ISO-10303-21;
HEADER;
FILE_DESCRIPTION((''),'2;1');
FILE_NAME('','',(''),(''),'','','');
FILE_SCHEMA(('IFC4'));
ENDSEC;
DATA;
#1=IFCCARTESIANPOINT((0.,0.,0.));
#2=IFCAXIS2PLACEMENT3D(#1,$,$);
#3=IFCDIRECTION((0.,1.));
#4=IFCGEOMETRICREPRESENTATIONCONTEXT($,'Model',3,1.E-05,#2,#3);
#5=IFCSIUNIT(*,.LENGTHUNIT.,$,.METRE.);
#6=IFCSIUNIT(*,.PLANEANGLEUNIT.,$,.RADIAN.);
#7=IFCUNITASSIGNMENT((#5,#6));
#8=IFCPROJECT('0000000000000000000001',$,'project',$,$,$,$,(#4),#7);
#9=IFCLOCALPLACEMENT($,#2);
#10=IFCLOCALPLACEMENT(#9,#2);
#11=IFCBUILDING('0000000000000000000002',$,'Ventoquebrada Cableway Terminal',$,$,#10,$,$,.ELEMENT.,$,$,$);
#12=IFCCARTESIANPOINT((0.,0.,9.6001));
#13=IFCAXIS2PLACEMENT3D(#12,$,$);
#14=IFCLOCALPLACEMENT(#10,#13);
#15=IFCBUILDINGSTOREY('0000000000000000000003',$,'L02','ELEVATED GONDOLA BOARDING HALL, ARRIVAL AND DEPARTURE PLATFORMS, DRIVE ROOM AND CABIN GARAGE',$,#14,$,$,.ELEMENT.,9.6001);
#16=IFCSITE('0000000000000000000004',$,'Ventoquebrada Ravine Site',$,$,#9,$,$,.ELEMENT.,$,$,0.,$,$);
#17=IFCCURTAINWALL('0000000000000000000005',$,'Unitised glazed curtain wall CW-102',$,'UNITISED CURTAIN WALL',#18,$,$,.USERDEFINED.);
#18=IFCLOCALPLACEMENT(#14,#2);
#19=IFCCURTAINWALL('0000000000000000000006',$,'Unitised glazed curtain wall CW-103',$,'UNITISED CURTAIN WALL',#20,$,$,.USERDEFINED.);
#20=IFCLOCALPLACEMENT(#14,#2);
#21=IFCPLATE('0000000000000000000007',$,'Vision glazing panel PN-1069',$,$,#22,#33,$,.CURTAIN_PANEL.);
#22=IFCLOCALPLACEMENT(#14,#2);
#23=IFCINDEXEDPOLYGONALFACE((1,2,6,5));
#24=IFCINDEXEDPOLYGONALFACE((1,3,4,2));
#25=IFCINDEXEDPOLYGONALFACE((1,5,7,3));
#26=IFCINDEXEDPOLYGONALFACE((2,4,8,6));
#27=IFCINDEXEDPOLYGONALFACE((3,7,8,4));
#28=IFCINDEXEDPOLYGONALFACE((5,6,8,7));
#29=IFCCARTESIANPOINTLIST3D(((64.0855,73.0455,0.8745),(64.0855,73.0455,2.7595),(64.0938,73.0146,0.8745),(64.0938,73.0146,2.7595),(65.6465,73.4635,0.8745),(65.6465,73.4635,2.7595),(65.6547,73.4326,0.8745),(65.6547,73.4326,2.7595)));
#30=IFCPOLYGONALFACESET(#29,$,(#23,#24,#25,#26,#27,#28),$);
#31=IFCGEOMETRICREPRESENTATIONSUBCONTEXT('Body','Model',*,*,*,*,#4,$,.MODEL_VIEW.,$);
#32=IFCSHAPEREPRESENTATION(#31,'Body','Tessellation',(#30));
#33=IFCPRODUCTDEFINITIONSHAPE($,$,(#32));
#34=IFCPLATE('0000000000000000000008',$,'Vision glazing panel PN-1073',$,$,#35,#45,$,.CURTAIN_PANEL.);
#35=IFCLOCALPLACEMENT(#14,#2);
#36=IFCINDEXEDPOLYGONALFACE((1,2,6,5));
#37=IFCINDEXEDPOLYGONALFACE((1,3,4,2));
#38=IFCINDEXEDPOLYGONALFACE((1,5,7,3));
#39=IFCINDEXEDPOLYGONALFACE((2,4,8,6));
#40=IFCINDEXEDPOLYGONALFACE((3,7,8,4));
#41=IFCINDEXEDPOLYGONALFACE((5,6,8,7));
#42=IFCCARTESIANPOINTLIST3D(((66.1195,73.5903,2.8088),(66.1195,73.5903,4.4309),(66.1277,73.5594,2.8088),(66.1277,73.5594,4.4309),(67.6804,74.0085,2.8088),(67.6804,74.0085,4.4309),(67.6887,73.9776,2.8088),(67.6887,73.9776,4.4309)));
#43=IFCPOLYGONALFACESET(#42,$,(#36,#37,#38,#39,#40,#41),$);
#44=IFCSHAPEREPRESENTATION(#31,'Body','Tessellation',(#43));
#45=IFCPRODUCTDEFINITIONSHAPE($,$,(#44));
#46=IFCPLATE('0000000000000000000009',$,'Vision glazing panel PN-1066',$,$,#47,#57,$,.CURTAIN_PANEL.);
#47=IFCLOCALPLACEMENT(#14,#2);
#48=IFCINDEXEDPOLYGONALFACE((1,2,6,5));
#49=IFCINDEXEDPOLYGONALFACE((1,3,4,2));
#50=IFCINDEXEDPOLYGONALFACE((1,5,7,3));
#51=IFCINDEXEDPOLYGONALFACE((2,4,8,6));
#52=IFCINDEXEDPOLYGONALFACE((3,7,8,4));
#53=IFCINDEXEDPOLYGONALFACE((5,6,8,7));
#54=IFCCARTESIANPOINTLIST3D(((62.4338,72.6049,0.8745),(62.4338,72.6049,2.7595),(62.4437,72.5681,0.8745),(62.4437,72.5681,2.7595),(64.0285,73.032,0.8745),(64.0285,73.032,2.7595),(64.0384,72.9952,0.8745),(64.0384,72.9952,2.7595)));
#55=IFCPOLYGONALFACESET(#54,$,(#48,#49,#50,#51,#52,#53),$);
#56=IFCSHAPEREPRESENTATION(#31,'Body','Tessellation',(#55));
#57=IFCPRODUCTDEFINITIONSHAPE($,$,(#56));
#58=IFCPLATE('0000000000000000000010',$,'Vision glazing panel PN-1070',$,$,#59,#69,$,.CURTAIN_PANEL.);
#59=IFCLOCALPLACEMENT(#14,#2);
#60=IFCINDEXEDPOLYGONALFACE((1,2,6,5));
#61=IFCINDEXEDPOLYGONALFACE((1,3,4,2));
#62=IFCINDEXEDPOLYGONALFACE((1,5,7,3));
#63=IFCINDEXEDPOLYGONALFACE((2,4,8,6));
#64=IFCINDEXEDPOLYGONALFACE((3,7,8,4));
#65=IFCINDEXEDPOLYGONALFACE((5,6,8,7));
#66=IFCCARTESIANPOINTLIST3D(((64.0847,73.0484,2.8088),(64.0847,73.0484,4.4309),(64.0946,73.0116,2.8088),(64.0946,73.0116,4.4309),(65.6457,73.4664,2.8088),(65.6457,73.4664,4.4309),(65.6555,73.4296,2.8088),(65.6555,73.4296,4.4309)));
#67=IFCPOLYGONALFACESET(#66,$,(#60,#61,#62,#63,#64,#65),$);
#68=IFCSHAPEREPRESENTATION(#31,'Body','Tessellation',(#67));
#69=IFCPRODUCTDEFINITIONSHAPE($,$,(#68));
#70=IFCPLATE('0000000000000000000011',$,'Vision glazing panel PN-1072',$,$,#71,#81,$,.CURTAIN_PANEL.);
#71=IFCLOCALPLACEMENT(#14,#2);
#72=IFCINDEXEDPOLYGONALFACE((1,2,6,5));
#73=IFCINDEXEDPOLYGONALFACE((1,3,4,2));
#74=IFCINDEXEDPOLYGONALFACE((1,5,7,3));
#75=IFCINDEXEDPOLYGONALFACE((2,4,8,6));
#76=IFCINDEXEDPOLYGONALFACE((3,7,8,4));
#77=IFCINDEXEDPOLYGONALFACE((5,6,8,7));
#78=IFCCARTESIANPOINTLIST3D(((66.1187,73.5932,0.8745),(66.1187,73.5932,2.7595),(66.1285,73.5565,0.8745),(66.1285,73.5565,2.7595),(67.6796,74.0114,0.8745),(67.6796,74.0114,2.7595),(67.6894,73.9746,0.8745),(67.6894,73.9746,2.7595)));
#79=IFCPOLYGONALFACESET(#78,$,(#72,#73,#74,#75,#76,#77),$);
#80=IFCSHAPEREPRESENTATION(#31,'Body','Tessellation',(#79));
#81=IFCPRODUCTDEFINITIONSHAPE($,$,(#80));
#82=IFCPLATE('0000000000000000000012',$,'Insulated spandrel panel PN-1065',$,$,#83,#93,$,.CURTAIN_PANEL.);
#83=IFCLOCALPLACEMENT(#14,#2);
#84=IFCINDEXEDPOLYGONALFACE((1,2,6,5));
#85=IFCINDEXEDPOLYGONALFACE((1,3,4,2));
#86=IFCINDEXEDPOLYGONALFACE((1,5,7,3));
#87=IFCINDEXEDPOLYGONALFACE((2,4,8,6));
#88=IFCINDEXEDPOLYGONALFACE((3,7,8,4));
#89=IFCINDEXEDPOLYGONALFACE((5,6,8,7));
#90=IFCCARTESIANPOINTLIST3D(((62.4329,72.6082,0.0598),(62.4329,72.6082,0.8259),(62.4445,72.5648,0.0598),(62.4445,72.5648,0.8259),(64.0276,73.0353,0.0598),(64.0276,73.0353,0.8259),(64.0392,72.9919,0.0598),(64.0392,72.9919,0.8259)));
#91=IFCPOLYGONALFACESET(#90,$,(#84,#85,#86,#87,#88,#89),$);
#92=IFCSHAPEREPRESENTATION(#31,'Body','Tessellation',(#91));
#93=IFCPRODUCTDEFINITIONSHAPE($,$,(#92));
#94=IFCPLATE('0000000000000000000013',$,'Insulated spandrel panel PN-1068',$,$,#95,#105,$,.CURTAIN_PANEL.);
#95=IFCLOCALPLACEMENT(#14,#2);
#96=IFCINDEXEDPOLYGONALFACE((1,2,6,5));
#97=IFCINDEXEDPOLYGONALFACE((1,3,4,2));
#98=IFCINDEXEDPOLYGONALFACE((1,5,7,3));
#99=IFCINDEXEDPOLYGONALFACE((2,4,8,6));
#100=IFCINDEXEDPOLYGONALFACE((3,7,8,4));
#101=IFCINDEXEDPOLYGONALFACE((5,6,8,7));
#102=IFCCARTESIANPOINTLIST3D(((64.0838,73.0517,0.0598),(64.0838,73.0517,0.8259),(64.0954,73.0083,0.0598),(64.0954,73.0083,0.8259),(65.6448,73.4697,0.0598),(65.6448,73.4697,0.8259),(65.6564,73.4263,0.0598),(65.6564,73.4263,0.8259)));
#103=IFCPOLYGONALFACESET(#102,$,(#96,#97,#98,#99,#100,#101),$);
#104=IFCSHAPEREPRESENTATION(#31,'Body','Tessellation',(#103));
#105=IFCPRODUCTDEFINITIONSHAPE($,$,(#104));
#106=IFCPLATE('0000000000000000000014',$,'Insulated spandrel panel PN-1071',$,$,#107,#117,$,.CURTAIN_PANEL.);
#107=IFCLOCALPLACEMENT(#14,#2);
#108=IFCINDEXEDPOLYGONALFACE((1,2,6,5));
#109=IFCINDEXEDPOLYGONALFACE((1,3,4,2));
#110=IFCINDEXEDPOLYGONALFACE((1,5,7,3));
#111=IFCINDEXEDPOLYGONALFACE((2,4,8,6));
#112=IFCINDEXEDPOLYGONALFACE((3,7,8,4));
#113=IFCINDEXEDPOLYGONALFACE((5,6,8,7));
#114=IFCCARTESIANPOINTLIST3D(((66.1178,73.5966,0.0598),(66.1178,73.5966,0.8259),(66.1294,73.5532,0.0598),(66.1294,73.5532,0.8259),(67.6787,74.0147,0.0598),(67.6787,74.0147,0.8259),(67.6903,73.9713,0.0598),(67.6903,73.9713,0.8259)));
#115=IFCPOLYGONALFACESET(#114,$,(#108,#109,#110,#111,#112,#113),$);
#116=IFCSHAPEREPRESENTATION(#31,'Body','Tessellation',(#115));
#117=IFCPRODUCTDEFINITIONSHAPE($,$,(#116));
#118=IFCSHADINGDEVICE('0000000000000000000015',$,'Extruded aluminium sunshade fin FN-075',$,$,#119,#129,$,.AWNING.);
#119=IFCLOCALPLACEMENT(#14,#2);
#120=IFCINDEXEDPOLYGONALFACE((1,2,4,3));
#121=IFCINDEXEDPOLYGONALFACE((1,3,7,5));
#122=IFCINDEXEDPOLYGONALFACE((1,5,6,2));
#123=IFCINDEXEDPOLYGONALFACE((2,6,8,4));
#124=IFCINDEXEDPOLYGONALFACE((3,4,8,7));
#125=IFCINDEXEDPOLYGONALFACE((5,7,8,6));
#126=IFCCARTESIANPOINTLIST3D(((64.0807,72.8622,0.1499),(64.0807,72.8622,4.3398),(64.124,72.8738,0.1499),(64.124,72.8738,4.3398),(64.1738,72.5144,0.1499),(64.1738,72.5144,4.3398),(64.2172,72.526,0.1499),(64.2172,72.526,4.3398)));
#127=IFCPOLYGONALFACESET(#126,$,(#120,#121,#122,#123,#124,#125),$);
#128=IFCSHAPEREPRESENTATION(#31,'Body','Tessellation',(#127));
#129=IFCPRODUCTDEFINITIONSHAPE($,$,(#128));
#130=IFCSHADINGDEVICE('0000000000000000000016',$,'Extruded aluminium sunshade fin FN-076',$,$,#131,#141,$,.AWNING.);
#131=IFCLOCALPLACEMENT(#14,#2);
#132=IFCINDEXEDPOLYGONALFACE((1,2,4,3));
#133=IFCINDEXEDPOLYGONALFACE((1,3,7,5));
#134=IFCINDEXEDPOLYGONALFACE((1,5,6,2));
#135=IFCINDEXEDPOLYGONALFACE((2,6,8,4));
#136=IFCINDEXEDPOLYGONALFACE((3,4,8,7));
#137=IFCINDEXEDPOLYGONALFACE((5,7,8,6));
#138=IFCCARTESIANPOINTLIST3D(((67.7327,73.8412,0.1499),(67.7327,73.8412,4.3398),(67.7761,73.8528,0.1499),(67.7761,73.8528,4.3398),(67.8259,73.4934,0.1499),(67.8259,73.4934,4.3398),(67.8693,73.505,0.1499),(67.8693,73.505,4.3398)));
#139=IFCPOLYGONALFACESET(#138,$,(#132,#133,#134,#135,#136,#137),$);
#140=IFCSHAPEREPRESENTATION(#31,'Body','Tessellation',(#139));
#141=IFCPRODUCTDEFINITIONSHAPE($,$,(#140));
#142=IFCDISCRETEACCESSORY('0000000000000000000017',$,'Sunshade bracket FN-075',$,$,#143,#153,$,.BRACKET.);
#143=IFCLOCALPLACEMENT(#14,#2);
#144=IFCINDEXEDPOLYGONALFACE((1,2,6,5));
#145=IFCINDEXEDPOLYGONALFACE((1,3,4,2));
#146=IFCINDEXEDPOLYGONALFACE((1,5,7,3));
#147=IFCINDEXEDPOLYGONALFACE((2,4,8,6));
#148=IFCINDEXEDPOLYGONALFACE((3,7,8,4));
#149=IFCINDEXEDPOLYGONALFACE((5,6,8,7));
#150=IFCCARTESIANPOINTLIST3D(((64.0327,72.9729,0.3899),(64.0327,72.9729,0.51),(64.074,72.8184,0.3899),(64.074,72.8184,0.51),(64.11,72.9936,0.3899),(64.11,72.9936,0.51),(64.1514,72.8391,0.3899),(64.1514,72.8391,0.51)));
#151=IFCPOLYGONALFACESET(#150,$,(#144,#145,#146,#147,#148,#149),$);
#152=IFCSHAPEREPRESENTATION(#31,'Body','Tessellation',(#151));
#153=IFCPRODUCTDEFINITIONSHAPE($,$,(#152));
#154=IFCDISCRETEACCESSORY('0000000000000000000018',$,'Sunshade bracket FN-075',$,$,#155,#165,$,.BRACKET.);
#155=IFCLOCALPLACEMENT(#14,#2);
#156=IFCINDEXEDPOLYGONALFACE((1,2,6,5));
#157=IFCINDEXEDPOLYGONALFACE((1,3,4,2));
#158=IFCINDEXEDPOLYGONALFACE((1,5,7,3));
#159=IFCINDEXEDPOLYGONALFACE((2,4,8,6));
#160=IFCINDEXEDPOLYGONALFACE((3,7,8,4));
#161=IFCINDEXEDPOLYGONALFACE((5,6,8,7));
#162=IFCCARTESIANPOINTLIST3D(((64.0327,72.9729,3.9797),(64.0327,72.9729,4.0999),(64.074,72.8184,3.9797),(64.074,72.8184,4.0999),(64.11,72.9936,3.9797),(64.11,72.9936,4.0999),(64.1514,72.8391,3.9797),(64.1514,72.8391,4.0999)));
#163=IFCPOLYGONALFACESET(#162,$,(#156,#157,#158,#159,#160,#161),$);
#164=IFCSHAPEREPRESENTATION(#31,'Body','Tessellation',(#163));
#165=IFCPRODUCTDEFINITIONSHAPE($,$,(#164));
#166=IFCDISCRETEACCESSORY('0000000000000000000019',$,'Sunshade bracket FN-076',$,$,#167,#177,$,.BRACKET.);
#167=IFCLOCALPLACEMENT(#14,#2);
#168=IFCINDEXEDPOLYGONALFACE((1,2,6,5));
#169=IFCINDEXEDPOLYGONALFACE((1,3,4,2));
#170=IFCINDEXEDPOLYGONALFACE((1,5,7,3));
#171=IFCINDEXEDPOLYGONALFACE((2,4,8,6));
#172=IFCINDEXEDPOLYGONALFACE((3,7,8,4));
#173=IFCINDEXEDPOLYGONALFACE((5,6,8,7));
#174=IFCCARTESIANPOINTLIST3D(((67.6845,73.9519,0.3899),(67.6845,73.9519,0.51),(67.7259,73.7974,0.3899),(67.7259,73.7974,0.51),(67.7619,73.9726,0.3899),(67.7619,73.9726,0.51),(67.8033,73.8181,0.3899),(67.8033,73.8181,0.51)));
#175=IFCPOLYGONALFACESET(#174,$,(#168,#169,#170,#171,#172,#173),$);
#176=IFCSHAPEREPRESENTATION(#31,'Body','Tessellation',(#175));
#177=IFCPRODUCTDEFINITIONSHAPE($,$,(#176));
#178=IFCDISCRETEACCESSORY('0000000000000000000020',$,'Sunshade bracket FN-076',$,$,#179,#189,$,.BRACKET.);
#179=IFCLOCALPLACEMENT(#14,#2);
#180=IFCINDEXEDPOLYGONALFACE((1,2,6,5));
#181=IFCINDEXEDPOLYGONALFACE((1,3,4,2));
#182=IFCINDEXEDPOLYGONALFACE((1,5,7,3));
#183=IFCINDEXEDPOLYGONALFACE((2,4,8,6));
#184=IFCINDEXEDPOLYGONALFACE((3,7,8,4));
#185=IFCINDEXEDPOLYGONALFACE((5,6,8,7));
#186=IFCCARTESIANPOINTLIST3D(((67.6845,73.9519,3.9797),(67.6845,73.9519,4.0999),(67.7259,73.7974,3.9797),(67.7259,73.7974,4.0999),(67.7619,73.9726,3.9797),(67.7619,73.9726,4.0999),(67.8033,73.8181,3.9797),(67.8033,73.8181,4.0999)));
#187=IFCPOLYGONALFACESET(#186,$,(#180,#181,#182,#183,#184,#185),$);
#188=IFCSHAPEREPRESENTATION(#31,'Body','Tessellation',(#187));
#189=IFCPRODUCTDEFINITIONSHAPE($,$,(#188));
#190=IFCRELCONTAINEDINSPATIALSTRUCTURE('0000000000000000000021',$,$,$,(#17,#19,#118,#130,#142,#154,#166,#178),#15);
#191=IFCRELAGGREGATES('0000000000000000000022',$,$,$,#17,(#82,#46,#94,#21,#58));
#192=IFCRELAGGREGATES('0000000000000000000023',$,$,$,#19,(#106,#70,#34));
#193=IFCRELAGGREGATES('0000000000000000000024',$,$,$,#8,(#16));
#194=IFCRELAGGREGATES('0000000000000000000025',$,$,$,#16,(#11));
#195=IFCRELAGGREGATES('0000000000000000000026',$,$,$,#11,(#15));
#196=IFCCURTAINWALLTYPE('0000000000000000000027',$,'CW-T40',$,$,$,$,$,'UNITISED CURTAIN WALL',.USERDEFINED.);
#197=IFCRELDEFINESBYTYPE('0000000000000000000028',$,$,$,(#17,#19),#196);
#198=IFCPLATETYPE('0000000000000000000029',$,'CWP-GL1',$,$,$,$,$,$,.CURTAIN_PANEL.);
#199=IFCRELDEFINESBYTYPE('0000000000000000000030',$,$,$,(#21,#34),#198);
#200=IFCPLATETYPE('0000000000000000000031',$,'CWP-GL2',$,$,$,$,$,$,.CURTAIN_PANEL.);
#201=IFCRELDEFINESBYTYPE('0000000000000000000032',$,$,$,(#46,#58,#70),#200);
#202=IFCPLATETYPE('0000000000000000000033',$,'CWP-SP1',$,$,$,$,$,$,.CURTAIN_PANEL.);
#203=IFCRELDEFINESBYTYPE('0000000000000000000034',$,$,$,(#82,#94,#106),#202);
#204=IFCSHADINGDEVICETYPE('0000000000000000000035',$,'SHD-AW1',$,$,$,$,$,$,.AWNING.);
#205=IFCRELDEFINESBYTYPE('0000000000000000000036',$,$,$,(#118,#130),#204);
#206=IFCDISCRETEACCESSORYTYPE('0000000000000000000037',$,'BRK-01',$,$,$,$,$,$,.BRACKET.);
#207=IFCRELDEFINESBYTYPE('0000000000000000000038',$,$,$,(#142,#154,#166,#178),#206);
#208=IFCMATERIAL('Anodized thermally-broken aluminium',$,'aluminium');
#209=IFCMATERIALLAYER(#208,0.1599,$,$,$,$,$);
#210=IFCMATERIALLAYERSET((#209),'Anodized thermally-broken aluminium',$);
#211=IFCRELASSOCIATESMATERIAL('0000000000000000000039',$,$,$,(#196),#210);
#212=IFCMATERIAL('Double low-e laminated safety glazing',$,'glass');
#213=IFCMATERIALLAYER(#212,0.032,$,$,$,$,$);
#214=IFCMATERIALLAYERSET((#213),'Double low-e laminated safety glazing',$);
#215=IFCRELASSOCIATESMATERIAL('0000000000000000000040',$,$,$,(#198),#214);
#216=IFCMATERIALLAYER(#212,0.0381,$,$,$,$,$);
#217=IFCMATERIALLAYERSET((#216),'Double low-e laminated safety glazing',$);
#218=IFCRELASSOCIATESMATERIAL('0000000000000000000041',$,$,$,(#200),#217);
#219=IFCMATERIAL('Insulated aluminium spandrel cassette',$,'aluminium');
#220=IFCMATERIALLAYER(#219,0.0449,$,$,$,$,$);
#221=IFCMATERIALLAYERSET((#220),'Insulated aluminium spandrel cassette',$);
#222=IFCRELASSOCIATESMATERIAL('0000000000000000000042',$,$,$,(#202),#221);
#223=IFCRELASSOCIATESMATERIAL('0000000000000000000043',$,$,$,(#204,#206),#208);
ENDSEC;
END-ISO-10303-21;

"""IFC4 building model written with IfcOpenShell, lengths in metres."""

from ifc_helpers import new_model, si_unit, direction, frame, origin, origin_2d, place, context, subcontext, project, spatial, rectangle, extrude, material, layer, layer_set, type_object, element, aggregate, save


model = new_model("IFC4")

# Units and contexts
model_context = context("Model", 3, precision=1e-05, world=origin(), true_north=direction((0.0, 1.0)))
body_context = subcontext(model_context, "Body", "Model", "MODEL_VIEW")
ifc_project = project(units=[si_unit("LENGTHUNIT", "METRE"), si_unit("PLANEANGLEUNIT", "RADIAN")], contexts=[model_context])

# Site, building, storey
site_placement = place(None, origin())
site = spatial("IfcSite", under=ifc_project, at=site_placement, Name="Ventoquebrada Ravine Site", CompositionType="ELEMENT", RefElevation=0.0)
building_placement = place(site_placement, origin())
building = spatial("IfcBuilding", under=site, at=building_placement, Name="Ventoquebrada Cableway Terminal", CompositionType="ELEMENT")
storey_placement = place(building_placement, frame((0.0, 0.0, 9.6001)))
storey = spatial("IfcBuildingStorey", under=building, at=storey_placement, Name="L02", Description="ELEVATED GONDOLA BOARDING HALL, ARRIVAL AND DEPARTURE PLATFORMS, DRIVE ROOM AND CABIN GARAGE", CompositionType="ELEMENT", Elevation=9.6001)

# Curtain walls
ifc_material_1 = material(Name="Anodized thermally-broken aluminium", Category="aluminium")
ifc_layer_1 = layer(ifc_material_1, 0.1599)
ifc_layer_set_1 = layer_set([ifc_layer_1], Name="Anodized thermally-broken aluminium")
curtain_wall_type = type_object("IfcCurtainWallType", Name="CW-T40", ElementType="UNITISED CURTAIN WALL", PredefinedType="USERDEFINED", material=ifc_layer_set_1)
curtain_wall_1_placement = place(storey_placement, origin())
curtain_wall_1 = element("IfcCurtainWall", 1, at=curtain_wall_1_placement, inside=storey, type_object=curtain_wall_type, Name="Unitised glazed curtain wall CW-102", ObjectType="UNITISED CURTAIN WALL", PredefinedType="USERDEFINED")
curtain_wall_2_placement = place(storey_placement, origin())
curtain_wall_2 = element("IfcCurtainWall", 2, at=curtain_wall_2_placement, inside=storey, type_object=curtain_wall_type, Name="Unitised glazed curtain wall CW-103", ObjectType="UNITISED CURTAIN WALL", PredefinedType="USERDEFINED")

# Plates
ifc_material_2 = material(Name="Double low-e laminated safety glazing", Category="glass")
ifc_layer_2 = layer(ifc_material_2, 0.032)
ifc_layer_set_2 = layer_set([ifc_layer_2], Name="Double low-e laminated safety glazing")
plate_type_1 = type_object("IfcPlateType", Name="CWP-GL1", PredefinedType="CURTAIN_PANEL", material=ifc_layer_set_2)
plate_1_placement = place(storey_placement, frame((64.8701, 73.239, 0.8745), z_axis=(0.0, 0.0, 1.0), x_axis=(0.965966, 0.258667, 0.0)))
plate_1 = element("IfcPlate", 3, at=plate_1_placement, type_object=plate_type_1, Name="Vision glazing panel PN-1069", PredefinedType="CURTAIN_PANEL", context=body_context, shape_type="SweptSolid", body=[
    extrude(rectangle(XDim=1.616, YDim=0.032, at=origin_2d()), origin(), (0.0, 0.0, 1.0), 1.885),
])
plate_2_placement = place(storey_placement, frame((66.9041, 73.7839, 2.8088), z_axis=(0.0, 0.0, 1.0), x_axis=(0.965939, 0.258768, 0.0)))
plate_2 = element("IfcPlate", 4, at=plate_2_placement, type_object=plate_type_1, Name="Vision glazing panel PN-1073", PredefinedType="CURTAIN_PANEL", context=body_context, shape_type="SweptSolid", body=[
    extrude(rectangle(XDim=1.616, YDim=0.032, at=origin_2d()), origin(), (0.0, 0.0, 1.0), 1.6221),
])
ifc_layer_3 = layer(ifc_material_2, 0.0381)
ifc_layer_set_3 = layer_set([ifc_layer_3], Name="Double low-e laminated safety glazing")
plate_type_2 = type_object("IfcPlateType", Name="CWP-GL2", PredefinedType="CURTAIN_PANEL", material=ifc_layer_set_3)
plate_3_placement = place(storey_placement, frame((63.2361, 72.8, 0.8745), z_axis=(0.0, 0.0, 1.0), x_axis=(0.965966, 0.258667, 0.0)))
plate_3 = element("IfcPlate", 5, at=plate_3_placement, type_object=plate_type_2, Name="Vision glazing panel PN-1066", PredefinedType="CURTAIN_PANEL", context=body_context, shape_type="SweptSolid", body=[
    extrude(rectangle(XDim=1.6509, YDim=0.0381, at=origin_2d()), origin(), (0.0, 0.0, 1.0), 1.885),
])
plate_4_placement = place(storey_placement, frame((64.8701, 73.239, 2.8088), z_axis=(0.0, 0.0, 1.0), x_axis=(0.965966, 0.258667, 0.0)))
plate_4 = element("IfcPlate", 6, at=plate_4_placement, type_object=plate_type_2, Name="Vision glazing panel PN-1070", PredefinedType="CURTAIN_PANEL", context=body_context, shape_type="SweptSolid", body=[
    extrude(rectangle(XDim=1.616, YDim=0.0381, at=origin_2d()), origin(), (0.0, 0.0, 1.0), 1.6221),
])
plate_5_placement = place(storey_placement, frame((66.9041, 73.7839, 0.8745), z_axis=(0.0, 0.0, 1.0), x_axis=(0.965939, 0.258768, 0.0)))
plate_5 = element("IfcPlate", 7, at=plate_5_placement, type_object=plate_type_2, Name="Vision glazing panel PN-1072", PredefinedType="CURTAIN_PANEL", context=body_context, shape_type="SweptSolid", body=[
    extrude(rectangle(XDim=1.616, YDim=0.0381, at=origin_2d()), origin(), (0.0, 0.0, 1.0), 1.885),
])
ifc_material_3 = material(Name="Insulated aluminium spandrel cassette", Category="aluminium")
ifc_layer_4 = layer(ifc_material_3, 0.0449)
ifc_layer_set_4 = layer_set([ifc_layer_4], Name="Insulated aluminium spandrel cassette")
plate_type_3 = type_object("IfcPlateType", Name="CWP-SP1", PredefinedType="CURTAIN_PANEL", material=ifc_layer_set_4)
plate_6_placement = place(storey_placement, frame((63.2361, 72.8, 0.0598), z_axis=(0.0, 0.0, 1.0), x_axis=(0.965966, 0.258667, 0.0)))
plate_6 = element("IfcPlate", 8, at=plate_6_placement, type_object=plate_type_3, Name="Insulated spandrel panel PN-1065", PredefinedType="CURTAIN_PANEL", context=body_context, shape_type="SweptSolid", body=[
    extrude(rectangle(XDim=1.6509, YDim=0.0449, at=origin_2d()), origin(), (0.0, 0.0, 1.0), 0.7661),
])
plate_7_placement = place(storey_placement, frame((64.8701, 73.239, 0.0598), z_axis=(0.0, 0.0, 1.0), x_axis=(0.965966, 0.258667, 0.0)))
plate_7 = element("IfcPlate", 9, at=plate_7_placement, type_object=plate_type_3, Name="Insulated spandrel panel PN-1068", PredefinedType="CURTAIN_PANEL", context=body_context, shape_type="SweptSolid", body=[
    extrude(rectangle(XDim=1.616, YDim=0.0449, at=origin_2d()), origin(), (0.0, 0.0, 1.0), 0.7661),
])
aggregate(curtain_wall_1, [plate_6, plate_3, plate_7, plate_1, plate_4])
plate_8_placement = place(storey_placement, frame((66.9041, 73.7839, 0.0598), z_axis=(0.0, 0.0, 1.0), x_axis=(0.965939, 0.258768, 0.0)))
plate_8 = element("IfcPlate", 10, at=plate_8_placement, type_object=plate_type_3, Name="Insulated spandrel panel PN-1071", PredefinedType="CURTAIN_PANEL", context=body_context, shape_type="SweptSolid", body=[
    extrude(rectangle(XDim=1.616, YDim=0.0449, at=origin_2d()), origin(), (0.0, 0.0, 1.0), 0.7661),
])
aggregate(curtain_wall_2, [plate_8, plate_5, plate_2])

# Shading devices
shading_device_type = type_object("IfcShadingDeviceType", Name="SHD-AW1", PredefinedType="AWNING", material=ifc_material_1)
for number, where, z_axis, x_axis, name in (
    (11, (64.1489, 72.6941, 0.1499), (0.0, 0.0, 1.0), (0.965966, 0.258667, 0.0), "Extruded aluminium sunshade fin FN-075"),
    (12, (67.801, 73.6731, 0.1499), (0.0, 0.0, 1.0), (0.965939, 0.258768, 0.0), "Extruded aluminium sunshade fin FN-076"),
):
    element("IfcShadingDevice", number, at=place(storey_placement, frame(where, z_axis=z_axis, x_axis=x_axis)), inside=storey, type_object=shading_device_type, Name=name, PredefinedType="AWNING", context=body_context, shape_type="SweptSolid", body=[
        extrude(rectangle(XDim=0.0449, YDim=0.3601, at=origin_2d()), origin(), (0.0, 0.0, 1.0), 4.1899),
    ])

# Discrete accessories
discrete_accessory_type = type_object("IfcDiscreteAccessoryType", Name="BRK-01", PredefinedType="BRACKET", material=ifc_material_1)
for number, where, z_axis, x_axis, name in (
    (13, (64.092, 72.906, 0.3899), (0.0, 0.0, 1.0), (0.965966, 0.258667, 0.0), "Sunshade bracket FN-075"),
    (14, (64.092, 72.906, 3.9797), (0.0, 0.0, 1.0), (0.965966, 0.258667, 0.0), "Sunshade bracket FN-075"),
    (15, (67.7439, 73.885, 0.3899), (0.0, 0.0, 1.0), (0.965939, 0.258768, 0.0), "Sunshade bracket FN-076"),
    (16, (67.7439, 73.885, 3.9797), (0.0, 0.0, 1.0), (0.965939, 0.258768, 0.0), "Sunshade bracket FN-076"),
):
    element("IfcDiscreteAccessory", number, at=place(storey_placement, frame(where, z_axis=z_axis, x_axis=x_axis)), inside=storey, type_object=discrete_accessory_type, Name=name, PredefinedType="BRACKET", context=body_context, shape_type="SweptSolid", body=[
        extrude(rectangle(XDim=0.0801, YDim=0.1599, at=origin_2d()), origin(), (0.0, 0.0, 1.0), 0.1201),
    ])

save(model, "model.ifc")
